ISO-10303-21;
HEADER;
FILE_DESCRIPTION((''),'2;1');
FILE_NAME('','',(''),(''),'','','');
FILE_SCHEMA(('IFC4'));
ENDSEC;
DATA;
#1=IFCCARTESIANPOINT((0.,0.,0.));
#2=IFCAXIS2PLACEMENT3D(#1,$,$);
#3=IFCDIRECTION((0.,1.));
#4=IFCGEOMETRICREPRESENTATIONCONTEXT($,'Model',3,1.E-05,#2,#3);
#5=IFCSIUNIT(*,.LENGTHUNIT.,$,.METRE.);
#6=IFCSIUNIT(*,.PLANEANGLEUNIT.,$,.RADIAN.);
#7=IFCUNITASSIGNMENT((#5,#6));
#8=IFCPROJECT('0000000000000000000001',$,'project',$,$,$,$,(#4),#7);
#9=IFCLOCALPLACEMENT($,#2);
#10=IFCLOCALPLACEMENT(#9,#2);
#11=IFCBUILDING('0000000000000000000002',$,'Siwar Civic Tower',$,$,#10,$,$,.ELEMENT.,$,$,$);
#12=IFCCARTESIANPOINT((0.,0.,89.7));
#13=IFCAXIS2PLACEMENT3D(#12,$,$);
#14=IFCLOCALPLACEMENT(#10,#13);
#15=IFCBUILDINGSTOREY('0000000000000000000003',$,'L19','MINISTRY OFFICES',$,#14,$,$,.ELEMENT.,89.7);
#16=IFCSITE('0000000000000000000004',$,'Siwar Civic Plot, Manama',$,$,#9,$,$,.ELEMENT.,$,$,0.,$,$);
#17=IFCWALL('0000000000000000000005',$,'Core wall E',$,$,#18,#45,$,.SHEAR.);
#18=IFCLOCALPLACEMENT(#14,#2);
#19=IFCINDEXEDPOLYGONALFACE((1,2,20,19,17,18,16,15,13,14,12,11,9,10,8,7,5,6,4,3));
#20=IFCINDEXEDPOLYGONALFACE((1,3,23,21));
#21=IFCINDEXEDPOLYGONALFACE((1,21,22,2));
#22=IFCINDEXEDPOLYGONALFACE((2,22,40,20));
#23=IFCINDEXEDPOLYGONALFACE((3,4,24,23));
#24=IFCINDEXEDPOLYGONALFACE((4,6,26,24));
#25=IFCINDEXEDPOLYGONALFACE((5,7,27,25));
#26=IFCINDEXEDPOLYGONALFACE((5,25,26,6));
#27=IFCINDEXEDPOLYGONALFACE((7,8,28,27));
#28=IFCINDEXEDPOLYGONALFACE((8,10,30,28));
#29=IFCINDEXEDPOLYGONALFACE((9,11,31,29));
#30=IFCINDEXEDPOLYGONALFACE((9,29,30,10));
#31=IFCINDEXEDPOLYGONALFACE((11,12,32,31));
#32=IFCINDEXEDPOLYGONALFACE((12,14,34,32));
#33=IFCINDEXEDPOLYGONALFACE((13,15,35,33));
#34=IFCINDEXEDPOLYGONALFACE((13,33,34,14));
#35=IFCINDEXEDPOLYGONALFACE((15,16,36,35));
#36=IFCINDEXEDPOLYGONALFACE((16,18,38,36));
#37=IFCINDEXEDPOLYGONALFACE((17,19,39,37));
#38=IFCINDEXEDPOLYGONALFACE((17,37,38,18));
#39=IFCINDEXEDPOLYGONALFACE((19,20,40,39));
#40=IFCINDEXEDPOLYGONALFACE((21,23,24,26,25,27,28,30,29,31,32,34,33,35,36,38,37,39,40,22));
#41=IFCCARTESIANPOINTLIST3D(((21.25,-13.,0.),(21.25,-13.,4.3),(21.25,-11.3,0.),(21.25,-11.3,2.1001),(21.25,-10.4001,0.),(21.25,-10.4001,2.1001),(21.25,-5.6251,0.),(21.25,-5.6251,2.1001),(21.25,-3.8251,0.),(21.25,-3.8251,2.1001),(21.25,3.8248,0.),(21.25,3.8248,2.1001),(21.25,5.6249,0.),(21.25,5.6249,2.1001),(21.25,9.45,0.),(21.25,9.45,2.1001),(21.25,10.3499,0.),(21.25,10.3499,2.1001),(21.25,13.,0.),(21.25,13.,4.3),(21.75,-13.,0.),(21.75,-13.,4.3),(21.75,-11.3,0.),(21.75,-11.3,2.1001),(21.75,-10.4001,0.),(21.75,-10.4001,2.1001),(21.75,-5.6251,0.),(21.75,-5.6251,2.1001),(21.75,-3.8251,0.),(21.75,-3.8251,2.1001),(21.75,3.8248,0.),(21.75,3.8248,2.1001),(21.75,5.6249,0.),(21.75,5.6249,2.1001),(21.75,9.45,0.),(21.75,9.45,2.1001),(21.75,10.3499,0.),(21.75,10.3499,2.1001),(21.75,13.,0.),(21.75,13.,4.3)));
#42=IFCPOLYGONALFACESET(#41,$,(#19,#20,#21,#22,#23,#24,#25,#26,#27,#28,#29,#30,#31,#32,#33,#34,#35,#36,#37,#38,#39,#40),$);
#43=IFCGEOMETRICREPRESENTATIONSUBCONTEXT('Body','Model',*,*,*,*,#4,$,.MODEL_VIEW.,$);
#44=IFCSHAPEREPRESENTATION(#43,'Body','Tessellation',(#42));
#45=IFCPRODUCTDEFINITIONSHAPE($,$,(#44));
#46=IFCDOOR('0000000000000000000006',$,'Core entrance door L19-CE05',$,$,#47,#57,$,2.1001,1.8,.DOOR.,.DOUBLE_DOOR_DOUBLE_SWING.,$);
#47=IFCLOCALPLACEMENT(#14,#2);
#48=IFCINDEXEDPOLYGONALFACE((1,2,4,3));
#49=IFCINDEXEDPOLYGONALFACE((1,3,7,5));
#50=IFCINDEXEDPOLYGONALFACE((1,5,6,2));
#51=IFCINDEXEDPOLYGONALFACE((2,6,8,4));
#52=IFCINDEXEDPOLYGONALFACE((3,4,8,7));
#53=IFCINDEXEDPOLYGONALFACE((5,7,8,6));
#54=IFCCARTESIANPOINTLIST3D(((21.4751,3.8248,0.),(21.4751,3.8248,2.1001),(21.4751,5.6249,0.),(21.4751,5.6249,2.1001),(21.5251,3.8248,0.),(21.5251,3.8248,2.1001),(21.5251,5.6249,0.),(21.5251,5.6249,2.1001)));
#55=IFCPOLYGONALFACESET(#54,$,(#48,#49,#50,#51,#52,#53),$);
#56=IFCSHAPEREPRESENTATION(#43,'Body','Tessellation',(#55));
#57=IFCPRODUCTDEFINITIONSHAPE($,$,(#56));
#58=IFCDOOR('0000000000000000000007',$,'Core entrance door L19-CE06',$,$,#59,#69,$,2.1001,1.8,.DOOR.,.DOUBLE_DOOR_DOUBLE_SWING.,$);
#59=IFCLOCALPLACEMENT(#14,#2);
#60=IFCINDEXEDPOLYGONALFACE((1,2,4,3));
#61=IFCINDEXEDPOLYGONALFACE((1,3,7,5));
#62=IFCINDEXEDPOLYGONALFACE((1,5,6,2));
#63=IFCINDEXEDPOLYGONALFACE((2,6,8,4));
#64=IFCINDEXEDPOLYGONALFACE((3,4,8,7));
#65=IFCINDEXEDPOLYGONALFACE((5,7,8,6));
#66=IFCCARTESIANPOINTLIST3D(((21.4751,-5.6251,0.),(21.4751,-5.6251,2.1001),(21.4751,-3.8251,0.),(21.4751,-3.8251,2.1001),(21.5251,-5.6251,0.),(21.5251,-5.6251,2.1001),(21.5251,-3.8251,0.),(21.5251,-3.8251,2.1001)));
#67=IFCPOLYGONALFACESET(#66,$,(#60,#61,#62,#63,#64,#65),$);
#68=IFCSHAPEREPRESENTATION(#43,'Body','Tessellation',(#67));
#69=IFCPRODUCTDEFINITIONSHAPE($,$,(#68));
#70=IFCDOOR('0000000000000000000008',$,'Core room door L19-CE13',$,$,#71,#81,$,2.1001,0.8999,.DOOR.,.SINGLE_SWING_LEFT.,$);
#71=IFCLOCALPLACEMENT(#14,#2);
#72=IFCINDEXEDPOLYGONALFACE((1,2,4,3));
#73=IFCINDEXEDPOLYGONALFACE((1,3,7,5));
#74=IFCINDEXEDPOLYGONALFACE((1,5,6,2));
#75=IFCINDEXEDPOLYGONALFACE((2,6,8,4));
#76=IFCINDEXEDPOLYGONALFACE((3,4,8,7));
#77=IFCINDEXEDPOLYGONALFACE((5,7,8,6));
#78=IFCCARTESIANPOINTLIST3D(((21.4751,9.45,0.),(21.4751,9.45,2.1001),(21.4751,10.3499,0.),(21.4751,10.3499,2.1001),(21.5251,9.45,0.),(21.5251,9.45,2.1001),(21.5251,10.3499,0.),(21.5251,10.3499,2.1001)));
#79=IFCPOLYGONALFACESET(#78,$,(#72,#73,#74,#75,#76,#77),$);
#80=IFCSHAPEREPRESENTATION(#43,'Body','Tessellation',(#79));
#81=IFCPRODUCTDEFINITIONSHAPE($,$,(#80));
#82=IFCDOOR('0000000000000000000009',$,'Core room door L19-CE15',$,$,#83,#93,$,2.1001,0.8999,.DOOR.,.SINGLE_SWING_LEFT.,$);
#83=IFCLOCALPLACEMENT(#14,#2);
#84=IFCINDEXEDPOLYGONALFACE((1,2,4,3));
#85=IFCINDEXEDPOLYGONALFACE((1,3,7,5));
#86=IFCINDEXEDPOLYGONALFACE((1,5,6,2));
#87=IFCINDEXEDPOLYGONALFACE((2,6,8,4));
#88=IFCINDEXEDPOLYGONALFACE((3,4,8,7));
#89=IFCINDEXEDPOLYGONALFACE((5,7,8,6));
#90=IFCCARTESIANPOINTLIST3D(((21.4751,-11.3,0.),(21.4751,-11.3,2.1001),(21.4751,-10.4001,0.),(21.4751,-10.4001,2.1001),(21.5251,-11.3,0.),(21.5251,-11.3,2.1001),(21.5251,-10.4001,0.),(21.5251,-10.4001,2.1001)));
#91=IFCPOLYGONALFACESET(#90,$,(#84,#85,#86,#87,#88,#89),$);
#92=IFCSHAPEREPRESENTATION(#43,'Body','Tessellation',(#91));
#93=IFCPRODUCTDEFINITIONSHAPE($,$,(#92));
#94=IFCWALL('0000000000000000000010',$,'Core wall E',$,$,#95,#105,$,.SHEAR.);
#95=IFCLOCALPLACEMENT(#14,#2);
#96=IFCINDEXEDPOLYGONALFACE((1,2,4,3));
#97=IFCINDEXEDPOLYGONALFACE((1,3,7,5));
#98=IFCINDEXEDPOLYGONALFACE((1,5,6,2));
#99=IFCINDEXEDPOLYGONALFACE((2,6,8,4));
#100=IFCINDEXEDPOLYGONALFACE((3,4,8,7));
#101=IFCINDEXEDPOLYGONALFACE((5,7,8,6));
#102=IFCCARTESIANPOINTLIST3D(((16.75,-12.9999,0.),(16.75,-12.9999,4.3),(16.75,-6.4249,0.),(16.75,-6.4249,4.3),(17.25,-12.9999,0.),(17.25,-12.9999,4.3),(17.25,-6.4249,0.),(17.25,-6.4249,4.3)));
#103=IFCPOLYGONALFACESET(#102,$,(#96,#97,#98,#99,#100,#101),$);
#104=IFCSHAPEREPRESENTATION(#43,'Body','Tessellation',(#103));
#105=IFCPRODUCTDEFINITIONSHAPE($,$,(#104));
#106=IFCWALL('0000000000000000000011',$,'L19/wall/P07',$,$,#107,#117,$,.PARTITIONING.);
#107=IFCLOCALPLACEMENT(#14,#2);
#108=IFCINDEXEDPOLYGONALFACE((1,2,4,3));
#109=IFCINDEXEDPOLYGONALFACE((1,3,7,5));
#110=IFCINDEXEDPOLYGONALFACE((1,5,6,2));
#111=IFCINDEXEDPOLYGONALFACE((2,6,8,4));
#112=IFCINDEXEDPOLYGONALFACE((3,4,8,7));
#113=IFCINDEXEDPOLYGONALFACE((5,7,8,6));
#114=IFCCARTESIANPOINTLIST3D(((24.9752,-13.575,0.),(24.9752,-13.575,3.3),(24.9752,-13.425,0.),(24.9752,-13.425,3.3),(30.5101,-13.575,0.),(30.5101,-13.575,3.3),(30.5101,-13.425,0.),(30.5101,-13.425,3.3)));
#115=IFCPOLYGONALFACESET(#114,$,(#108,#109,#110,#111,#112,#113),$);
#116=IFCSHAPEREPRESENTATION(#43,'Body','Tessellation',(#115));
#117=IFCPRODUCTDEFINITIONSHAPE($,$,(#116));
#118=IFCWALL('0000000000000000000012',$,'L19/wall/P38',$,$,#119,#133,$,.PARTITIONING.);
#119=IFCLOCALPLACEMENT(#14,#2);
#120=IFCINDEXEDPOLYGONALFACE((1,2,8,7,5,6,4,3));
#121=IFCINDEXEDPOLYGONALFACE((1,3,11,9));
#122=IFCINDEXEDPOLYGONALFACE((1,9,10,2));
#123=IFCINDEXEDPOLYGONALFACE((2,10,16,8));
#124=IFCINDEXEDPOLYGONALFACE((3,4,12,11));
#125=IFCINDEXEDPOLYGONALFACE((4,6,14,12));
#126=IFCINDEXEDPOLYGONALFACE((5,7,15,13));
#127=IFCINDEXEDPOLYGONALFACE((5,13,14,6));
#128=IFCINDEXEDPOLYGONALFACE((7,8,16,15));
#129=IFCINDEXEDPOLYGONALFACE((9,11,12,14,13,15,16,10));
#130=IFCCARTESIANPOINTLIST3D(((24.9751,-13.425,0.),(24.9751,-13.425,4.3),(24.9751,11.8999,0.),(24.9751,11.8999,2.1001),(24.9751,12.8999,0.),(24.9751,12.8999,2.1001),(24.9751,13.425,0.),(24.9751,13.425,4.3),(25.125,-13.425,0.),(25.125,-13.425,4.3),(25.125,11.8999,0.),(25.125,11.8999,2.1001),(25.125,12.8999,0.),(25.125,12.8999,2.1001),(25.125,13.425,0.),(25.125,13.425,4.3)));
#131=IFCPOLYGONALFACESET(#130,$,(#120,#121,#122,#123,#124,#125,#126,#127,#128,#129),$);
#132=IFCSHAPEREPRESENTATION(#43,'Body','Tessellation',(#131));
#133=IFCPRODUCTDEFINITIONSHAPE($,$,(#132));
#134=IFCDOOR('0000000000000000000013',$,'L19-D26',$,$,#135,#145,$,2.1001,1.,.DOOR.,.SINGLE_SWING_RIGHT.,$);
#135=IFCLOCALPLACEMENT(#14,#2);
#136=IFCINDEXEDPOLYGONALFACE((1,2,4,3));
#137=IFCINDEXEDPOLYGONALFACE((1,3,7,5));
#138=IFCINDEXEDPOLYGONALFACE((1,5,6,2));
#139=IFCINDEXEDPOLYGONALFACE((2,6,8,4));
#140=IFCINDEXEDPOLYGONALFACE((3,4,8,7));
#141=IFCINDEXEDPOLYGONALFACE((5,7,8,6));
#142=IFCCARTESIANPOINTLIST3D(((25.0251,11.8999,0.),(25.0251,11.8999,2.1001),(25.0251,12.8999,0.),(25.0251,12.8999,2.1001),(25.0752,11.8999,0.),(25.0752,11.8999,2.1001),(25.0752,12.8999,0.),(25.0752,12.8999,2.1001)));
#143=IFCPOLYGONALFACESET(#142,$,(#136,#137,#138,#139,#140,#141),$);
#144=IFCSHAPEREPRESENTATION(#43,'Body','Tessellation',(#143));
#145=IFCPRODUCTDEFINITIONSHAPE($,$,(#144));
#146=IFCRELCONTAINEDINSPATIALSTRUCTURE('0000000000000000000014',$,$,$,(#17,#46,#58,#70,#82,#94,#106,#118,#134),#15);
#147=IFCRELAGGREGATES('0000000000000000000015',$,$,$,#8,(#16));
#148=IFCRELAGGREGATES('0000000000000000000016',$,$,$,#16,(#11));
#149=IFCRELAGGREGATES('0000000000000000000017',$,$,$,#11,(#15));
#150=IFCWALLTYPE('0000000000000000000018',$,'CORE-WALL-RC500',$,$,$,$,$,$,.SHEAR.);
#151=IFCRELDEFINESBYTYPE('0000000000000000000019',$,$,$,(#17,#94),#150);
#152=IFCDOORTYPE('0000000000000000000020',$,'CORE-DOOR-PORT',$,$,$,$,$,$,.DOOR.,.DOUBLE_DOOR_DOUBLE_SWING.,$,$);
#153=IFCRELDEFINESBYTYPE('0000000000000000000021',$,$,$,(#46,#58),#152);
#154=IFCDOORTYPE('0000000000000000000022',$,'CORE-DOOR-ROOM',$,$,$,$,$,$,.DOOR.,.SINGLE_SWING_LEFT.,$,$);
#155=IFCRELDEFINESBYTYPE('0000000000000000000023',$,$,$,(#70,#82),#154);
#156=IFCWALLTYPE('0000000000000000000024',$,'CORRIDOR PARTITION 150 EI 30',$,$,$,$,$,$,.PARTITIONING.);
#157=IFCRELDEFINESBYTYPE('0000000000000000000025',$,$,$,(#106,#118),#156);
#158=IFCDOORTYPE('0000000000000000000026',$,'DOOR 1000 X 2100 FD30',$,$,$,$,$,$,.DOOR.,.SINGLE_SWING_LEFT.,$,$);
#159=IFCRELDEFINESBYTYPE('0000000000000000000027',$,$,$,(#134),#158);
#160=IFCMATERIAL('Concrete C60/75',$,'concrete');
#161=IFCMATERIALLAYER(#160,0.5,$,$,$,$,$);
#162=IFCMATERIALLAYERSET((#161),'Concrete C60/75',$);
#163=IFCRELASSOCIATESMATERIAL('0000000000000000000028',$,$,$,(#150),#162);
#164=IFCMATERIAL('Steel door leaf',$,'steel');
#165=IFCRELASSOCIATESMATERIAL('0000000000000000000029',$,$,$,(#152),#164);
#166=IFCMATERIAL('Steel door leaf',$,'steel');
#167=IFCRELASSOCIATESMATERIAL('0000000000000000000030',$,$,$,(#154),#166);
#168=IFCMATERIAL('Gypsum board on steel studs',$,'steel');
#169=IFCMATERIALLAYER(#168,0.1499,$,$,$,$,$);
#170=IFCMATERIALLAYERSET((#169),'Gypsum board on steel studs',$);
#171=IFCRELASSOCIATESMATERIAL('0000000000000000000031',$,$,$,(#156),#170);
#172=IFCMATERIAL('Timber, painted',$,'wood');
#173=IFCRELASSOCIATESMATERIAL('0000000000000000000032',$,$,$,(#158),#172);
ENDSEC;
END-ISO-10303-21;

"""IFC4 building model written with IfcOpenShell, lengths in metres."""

from ifc_helpers import new_model, si_unit, direction, frame, frame_2d, origin, place, context, subcontext, project, spatial, rectangle, extrude, material, layer, layer_set, type_object, element, fill, save


model = new_model("IFC4")

# Units and contexts
model_context = context("Model", 3, precision=1e-05, world=origin(), true_north=direction((0.0, 1.0)))
body_context = subcontext(model_context, "Body", "Model", "MODEL_VIEW")
ifc_project = project(units=[si_unit("LENGTHUNIT", "METRE"), si_unit("PLANEANGLEUNIT", "RADIAN")], contexts=[model_context])

# Site, building, storey
site_placement = place(None, origin())
site = spatial("IfcSite", under=ifc_project, at=site_placement, Name="Siwar Civic Plot, Manama", CompositionType="ELEMENT", RefElevation=0.0)
building_placement = place(site_placement, origin())
building = spatial("IfcBuilding", under=site, at=building_placement, Name="Siwar Civic Tower", CompositionType="ELEMENT")
storey_placement = place(building_placement, frame((0.0, 0.0, 89.7)))
storey = spatial("IfcBuildingStorey", under=building, at=storey_placement, Name="L19", Description="MINISTRY OFFICES", CompositionType="ELEMENT", Elevation=89.7)

# Wall, openings, doors
ifc_material_1 = material(Name="Concrete C60/75", Category="concrete")
ifc_layer_1 = layer(ifc_material_1, 0.5)
ifc_layer_set_1 = layer_set([ifc_layer_1], Name="Concrete C60/75")
wall_type_1 = type_object("IfcWallType", Name="CORE-WALL-RC500", PredefinedType="SHEAR", material=ifc_layer_set_1)
wall_1_placement = place(storey_placement, frame((21.5, -13.0, 0.0), z_axis=(0.0, 0.0, 1.0), x_axis=(0.0, 1.0, 0.0)))
wall_1 = element("IfcWall", 1, at=wall_1_placement, inside=storey, type_object=wall_type_1, Name="Core wall E", PredefinedType="SHEAR", context=body_context, shape_type="SweptSolid", body=[
    extrude(rectangle(XDim=26.0, YDim=0.5, at=frame_2d((13.0, 0.0))), origin(), (0.0, 0.0, 1.0), 4.3),
])
opening_1_placement = place(wall_1_placement, frame((16.825, 0.0, 0.0)))
opening_1 = element("IfcOpeningElement", 2, at=opening_1_placement, cuts=wall_1, PredefinedType="OPENING", context=body_context, shape_type="SweptSolid", body=[
    extrude(rectangle(XDim=1.8, YDim=2.1001, at=frame_2d((0.8999, 1.05))), frame((0.0, 0.26, 0.0), z_axis=(0.0, -1.0, 0.0), x_axis=(1.0, 0.0, 0.0)), (0.0, 0.0, 1.0), 0.52),
])
opening_2_placement = place(wall_1_placement, frame((7.375, 0.0, 0.0)))
opening_2 = element("IfcOpeningElement", 3, at=opening_2_placement, cuts=wall_1, PredefinedType="OPENING", context=body_context, shape_type="SweptSolid", body=[
    extrude(rectangle(XDim=1.8, YDim=2.1001, at=frame_2d((0.8999, 1.05))), frame((0.0, 0.26, 0.0), z_axis=(0.0, -1.0, 0.0), x_axis=(1.0, 0.0, 0.0)), (0.0, 0.0, 1.0), 0.52),
])
opening_3_placement = place(wall_1_placement, frame((22.45, 0.0, 0.0)))
opening_3 = element("IfcOpeningElement", 4, at=opening_3_placement, cuts=wall_1, PredefinedType="OPENING", context=body_context, shape_type="SweptSolid", body=[
    extrude(rectangle(XDim=0.8999, YDim=2.1001, at=frame_2d((0.45, 1.05))), frame((0.0, 0.26, 0.0), z_axis=(0.0, -1.0, 0.0), x_axis=(1.0, 0.0, 0.0)), (0.0, 0.0, 1.0), 0.52),
])
opening_4_placement = place(wall_1_placement, frame((1.7, 0.0, 0.0)))
opening_4 = element("IfcOpeningElement", 5, at=opening_4_placement, cuts=wall_1, PredefinedType="OPENING", context=body_context, shape_type="SweptSolid", body=[
    extrude(rectangle(XDim=0.8999, YDim=2.1001, at=frame_2d((0.45, 1.05))), frame((0.0, 0.26, 0.0), z_axis=(0.0, -1.0, 0.0), x_axis=(1.0, 0.0, 0.0)), (0.0, 0.0, 1.0), 0.52),
])
ifc_material_2 = material(Name="Steel door leaf", Category="steel")
door_type_1 = type_object("IfcDoorType", Name="CORE-DOOR-PORT", OperationType="DOUBLE_DOOR_DOUBLE_SWING", PredefinedType="DOOR", material=ifc_material_2)
door_1_placement = place(opening_1_placement, origin())
door_1 = element("IfcDoor", 6, at=door_1_placement, inside=storey, type_object=door_type_1, Name="Core entrance door L19-CE05", OperationType="DOUBLE_DOOR_DOUBLE_SWING", OverallHeight=2.1001, OverallWidth=1.8, PredefinedType="DOOR", context=body_context, shape_type="SweptSolid", body=[
    extrude(rectangle(XDim=1.8, YDim=2.1001, at=frame_2d((0.8999, 1.05))), frame((0.0, 0.0249, 0.0), z_axis=(0.0, -1.0, 0.0), x_axis=(1.0, 0.0, 0.0)), (0.0, 0.0, 1.0), 0.05),
])
fill(opening_1, door_1)
door_2_placement = place(opening_2_placement, origin())
door_2 = element("IfcDoor", 7, at=door_2_placement, inside=storey, type_object=door_type_1, Name="Core entrance door L19-CE06", OperationType="DOUBLE_DOOR_DOUBLE_SWING", OverallHeight=2.1001, OverallWidth=1.8, PredefinedType="DOOR", context=body_context, shape_type="SweptSolid", body=[
    extrude(rectangle(XDim=1.8, YDim=2.1001, at=frame_2d((0.8999, 1.05))), frame((0.0, 0.0249, 0.0), z_axis=(0.0, -1.0, 0.0), x_axis=(1.0, 0.0, 0.0)), (0.0, 0.0, 1.0), 0.05),
])
fill(opening_2, door_2)
ifc_material_3 = material(Name="Steel door leaf", Category="steel")
door_type_2 = type_object("IfcDoorType", Name="CORE-DOOR-ROOM", OperationType="SINGLE_SWING_LEFT", PredefinedType="DOOR", material=ifc_material_3)
door_3_placement = place(opening_3_placement, origin())
door_3 = element("IfcDoor", 8, at=door_3_placement, inside=storey, type_object=door_type_2, Name="Core room door L19-CE13", OperationType="SINGLE_SWING_LEFT", OverallHeight=2.1001, OverallWidth=0.8999, PredefinedType="DOOR", context=body_context, shape_type="SweptSolid", body=[
    extrude(rectangle(XDim=0.8999, YDim=2.1001, at=frame_2d((0.45, 1.05))), frame((0.0, 0.0249, 0.0), z_axis=(0.0, -1.0, 0.0), x_axis=(1.0, 0.0, 0.0)), (0.0, 0.0, 1.0), 0.05),
])
fill(opening_3, door_3)
door_4_placement = place(opening_4_placement, origin())
door_4 = element("IfcDoor", 9, at=door_4_placement, inside=storey, type_object=door_type_2, Name="Core room door L19-CE15", OperationType="SINGLE_SWING_LEFT", OverallHeight=2.1001, OverallWidth=0.8999, PredefinedType="DOOR", context=body_context, shape_type="SweptSolid", body=[
    extrude(rectangle(XDim=0.8999, YDim=2.1001, at=frame_2d((0.45, 1.05))), frame((0.0, 0.0249, 0.0), z_axis=(0.0, -1.0, 0.0), x_axis=(1.0, 0.0, 0.0)), (0.0, 0.0, 1.0), 0.05),
])
fill(opening_4, door_4)

# Walls
wall_2_placement = place(storey_placement, frame((17.0, -13.0, 0.0), z_axis=(0.0, 0.0, 1.0), x_axis=(0.0, 1.0, 0.0)))
element("IfcWall", 10, at=wall_2_placement, inside=storey, type_object=wall_type_1, Name="Core wall E", PredefinedType="SHEAR", context=body_context, shape_type="SweptSolid", body=[
    extrude(rectangle(XDim=6.575, YDim=0.5, at=frame_2d((3.2876, 0.0))), origin(), (0.0, 0.0, 1.0), 4.3),
])
ifc_material_4 = material(Name="Gypsum board on steel studs", Category="steel")
ifc_layer_2 = layer(ifc_material_4, 0.1499)
ifc_layer_set_2 = layer_set([ifc_layer_2], Name="Gypsum board on steel studs")
wall_type_2 = type_object("IfcWallType", Name="CORRIDOR PARTITION 150 EI 30", PredefinedType="PARTITIONING", material=ifc_layer_set_2)
wall_3_placement = place(storey_placement, frame((24.9751, -13.5, 0.0), z_axis=(0.0, 0.0, 1.0), x_axis=(1.0, 0.0, 0.0)))
element("IfcWall", 11, at=wall_3_placement, inside=storey, type_object=wall_type_2, Name="L19/wall/P07", PredefinedType="PARTITIONING", context=body_context, shape_type="SweptSolid", body=[
    extrude(rectangle(XDim=5.5349, YDim=0.1499, at=frame_2d((2.7676, 0.0))), origin(), (0.0, 0.0, 1.0), 3.3),
])

# Wall, opening, door
wall_4_placement = place(storey_placement, frame((25.05, -13.425, 0.0), z_axis=(0.0, 0.0, 1.0), x_axis=(0.0, 1.0, 0.0)))
wall_4 = element("IfcWall", 12, at=wall_4_placement, inside=storey, type_object=wall_type_2, Name="L19/wall/P38", PredefinedType="PARTITIONING", context=body_context, shape_type="SweptSolid", body=[
    extrude(rectangle(XDim=26.8501, YDim=0.1499, at=frame_2d((13.425, 0.0))), origin(), (0.0, 0.0, 1.0), 4.3),
])
opening_5_placement = place(wall_4_placement, frame((25.325, 0.0, 0.0)))
opening_5 = element("IfcOpeningElement", 13, at=opening_5_placement, cuts=wall_4, PredefinedType="OPENING", context=body_context, shape_type="SweptSolid", body=[
    extrude(rectangle(XDim=1.0, YDim=2.1001, at=frame_2d((0.5, 1.05))), frame((0.0, 0.085, 0.0), z_axis=(0.0, -1.0, 0.0), x_axis=(1.0, 0.0, 0.0)), (0.0, 0.0, 1.0), 0.1699),
])
ifc_material_5 = material(Name="Timber, painted", Category="wood")
door_type_3 = type_object("IfcDoorType", Name="DOOR 1000 X 2100 FD30", OperationType="SINGLE_SWING_LEFT", PredefinedType="DOOR", material=ifc_material_5)
door_5_placement = place(opening_5_placement, origin())
door_5 = element("IfcDoor", 14, at=door_5_placement, inside=storey, type_object=door_type_3, Name="L19-D26", OperationType="SINGLE_SWING_RIGHT", OverallHeight=2.1001, OverallWidth=1.0, PredefinedType="DOOR", context=body_context, shape_type="SweptSolid", body=[
    extrude(rectangle(XDim=1.0, YDim=2.1001, at=frame_2d((0.5, 1.05))), frame((0.0, 0.0249, 0.0), z_axis=(0.0, -1.0, 0.0), x_axis=(1.0, 0.0, 0.0)), (0.0, 0.0, 1.0), 0.05),
])
fill(opening_5, door_5)

save(model, "model.ifc")
